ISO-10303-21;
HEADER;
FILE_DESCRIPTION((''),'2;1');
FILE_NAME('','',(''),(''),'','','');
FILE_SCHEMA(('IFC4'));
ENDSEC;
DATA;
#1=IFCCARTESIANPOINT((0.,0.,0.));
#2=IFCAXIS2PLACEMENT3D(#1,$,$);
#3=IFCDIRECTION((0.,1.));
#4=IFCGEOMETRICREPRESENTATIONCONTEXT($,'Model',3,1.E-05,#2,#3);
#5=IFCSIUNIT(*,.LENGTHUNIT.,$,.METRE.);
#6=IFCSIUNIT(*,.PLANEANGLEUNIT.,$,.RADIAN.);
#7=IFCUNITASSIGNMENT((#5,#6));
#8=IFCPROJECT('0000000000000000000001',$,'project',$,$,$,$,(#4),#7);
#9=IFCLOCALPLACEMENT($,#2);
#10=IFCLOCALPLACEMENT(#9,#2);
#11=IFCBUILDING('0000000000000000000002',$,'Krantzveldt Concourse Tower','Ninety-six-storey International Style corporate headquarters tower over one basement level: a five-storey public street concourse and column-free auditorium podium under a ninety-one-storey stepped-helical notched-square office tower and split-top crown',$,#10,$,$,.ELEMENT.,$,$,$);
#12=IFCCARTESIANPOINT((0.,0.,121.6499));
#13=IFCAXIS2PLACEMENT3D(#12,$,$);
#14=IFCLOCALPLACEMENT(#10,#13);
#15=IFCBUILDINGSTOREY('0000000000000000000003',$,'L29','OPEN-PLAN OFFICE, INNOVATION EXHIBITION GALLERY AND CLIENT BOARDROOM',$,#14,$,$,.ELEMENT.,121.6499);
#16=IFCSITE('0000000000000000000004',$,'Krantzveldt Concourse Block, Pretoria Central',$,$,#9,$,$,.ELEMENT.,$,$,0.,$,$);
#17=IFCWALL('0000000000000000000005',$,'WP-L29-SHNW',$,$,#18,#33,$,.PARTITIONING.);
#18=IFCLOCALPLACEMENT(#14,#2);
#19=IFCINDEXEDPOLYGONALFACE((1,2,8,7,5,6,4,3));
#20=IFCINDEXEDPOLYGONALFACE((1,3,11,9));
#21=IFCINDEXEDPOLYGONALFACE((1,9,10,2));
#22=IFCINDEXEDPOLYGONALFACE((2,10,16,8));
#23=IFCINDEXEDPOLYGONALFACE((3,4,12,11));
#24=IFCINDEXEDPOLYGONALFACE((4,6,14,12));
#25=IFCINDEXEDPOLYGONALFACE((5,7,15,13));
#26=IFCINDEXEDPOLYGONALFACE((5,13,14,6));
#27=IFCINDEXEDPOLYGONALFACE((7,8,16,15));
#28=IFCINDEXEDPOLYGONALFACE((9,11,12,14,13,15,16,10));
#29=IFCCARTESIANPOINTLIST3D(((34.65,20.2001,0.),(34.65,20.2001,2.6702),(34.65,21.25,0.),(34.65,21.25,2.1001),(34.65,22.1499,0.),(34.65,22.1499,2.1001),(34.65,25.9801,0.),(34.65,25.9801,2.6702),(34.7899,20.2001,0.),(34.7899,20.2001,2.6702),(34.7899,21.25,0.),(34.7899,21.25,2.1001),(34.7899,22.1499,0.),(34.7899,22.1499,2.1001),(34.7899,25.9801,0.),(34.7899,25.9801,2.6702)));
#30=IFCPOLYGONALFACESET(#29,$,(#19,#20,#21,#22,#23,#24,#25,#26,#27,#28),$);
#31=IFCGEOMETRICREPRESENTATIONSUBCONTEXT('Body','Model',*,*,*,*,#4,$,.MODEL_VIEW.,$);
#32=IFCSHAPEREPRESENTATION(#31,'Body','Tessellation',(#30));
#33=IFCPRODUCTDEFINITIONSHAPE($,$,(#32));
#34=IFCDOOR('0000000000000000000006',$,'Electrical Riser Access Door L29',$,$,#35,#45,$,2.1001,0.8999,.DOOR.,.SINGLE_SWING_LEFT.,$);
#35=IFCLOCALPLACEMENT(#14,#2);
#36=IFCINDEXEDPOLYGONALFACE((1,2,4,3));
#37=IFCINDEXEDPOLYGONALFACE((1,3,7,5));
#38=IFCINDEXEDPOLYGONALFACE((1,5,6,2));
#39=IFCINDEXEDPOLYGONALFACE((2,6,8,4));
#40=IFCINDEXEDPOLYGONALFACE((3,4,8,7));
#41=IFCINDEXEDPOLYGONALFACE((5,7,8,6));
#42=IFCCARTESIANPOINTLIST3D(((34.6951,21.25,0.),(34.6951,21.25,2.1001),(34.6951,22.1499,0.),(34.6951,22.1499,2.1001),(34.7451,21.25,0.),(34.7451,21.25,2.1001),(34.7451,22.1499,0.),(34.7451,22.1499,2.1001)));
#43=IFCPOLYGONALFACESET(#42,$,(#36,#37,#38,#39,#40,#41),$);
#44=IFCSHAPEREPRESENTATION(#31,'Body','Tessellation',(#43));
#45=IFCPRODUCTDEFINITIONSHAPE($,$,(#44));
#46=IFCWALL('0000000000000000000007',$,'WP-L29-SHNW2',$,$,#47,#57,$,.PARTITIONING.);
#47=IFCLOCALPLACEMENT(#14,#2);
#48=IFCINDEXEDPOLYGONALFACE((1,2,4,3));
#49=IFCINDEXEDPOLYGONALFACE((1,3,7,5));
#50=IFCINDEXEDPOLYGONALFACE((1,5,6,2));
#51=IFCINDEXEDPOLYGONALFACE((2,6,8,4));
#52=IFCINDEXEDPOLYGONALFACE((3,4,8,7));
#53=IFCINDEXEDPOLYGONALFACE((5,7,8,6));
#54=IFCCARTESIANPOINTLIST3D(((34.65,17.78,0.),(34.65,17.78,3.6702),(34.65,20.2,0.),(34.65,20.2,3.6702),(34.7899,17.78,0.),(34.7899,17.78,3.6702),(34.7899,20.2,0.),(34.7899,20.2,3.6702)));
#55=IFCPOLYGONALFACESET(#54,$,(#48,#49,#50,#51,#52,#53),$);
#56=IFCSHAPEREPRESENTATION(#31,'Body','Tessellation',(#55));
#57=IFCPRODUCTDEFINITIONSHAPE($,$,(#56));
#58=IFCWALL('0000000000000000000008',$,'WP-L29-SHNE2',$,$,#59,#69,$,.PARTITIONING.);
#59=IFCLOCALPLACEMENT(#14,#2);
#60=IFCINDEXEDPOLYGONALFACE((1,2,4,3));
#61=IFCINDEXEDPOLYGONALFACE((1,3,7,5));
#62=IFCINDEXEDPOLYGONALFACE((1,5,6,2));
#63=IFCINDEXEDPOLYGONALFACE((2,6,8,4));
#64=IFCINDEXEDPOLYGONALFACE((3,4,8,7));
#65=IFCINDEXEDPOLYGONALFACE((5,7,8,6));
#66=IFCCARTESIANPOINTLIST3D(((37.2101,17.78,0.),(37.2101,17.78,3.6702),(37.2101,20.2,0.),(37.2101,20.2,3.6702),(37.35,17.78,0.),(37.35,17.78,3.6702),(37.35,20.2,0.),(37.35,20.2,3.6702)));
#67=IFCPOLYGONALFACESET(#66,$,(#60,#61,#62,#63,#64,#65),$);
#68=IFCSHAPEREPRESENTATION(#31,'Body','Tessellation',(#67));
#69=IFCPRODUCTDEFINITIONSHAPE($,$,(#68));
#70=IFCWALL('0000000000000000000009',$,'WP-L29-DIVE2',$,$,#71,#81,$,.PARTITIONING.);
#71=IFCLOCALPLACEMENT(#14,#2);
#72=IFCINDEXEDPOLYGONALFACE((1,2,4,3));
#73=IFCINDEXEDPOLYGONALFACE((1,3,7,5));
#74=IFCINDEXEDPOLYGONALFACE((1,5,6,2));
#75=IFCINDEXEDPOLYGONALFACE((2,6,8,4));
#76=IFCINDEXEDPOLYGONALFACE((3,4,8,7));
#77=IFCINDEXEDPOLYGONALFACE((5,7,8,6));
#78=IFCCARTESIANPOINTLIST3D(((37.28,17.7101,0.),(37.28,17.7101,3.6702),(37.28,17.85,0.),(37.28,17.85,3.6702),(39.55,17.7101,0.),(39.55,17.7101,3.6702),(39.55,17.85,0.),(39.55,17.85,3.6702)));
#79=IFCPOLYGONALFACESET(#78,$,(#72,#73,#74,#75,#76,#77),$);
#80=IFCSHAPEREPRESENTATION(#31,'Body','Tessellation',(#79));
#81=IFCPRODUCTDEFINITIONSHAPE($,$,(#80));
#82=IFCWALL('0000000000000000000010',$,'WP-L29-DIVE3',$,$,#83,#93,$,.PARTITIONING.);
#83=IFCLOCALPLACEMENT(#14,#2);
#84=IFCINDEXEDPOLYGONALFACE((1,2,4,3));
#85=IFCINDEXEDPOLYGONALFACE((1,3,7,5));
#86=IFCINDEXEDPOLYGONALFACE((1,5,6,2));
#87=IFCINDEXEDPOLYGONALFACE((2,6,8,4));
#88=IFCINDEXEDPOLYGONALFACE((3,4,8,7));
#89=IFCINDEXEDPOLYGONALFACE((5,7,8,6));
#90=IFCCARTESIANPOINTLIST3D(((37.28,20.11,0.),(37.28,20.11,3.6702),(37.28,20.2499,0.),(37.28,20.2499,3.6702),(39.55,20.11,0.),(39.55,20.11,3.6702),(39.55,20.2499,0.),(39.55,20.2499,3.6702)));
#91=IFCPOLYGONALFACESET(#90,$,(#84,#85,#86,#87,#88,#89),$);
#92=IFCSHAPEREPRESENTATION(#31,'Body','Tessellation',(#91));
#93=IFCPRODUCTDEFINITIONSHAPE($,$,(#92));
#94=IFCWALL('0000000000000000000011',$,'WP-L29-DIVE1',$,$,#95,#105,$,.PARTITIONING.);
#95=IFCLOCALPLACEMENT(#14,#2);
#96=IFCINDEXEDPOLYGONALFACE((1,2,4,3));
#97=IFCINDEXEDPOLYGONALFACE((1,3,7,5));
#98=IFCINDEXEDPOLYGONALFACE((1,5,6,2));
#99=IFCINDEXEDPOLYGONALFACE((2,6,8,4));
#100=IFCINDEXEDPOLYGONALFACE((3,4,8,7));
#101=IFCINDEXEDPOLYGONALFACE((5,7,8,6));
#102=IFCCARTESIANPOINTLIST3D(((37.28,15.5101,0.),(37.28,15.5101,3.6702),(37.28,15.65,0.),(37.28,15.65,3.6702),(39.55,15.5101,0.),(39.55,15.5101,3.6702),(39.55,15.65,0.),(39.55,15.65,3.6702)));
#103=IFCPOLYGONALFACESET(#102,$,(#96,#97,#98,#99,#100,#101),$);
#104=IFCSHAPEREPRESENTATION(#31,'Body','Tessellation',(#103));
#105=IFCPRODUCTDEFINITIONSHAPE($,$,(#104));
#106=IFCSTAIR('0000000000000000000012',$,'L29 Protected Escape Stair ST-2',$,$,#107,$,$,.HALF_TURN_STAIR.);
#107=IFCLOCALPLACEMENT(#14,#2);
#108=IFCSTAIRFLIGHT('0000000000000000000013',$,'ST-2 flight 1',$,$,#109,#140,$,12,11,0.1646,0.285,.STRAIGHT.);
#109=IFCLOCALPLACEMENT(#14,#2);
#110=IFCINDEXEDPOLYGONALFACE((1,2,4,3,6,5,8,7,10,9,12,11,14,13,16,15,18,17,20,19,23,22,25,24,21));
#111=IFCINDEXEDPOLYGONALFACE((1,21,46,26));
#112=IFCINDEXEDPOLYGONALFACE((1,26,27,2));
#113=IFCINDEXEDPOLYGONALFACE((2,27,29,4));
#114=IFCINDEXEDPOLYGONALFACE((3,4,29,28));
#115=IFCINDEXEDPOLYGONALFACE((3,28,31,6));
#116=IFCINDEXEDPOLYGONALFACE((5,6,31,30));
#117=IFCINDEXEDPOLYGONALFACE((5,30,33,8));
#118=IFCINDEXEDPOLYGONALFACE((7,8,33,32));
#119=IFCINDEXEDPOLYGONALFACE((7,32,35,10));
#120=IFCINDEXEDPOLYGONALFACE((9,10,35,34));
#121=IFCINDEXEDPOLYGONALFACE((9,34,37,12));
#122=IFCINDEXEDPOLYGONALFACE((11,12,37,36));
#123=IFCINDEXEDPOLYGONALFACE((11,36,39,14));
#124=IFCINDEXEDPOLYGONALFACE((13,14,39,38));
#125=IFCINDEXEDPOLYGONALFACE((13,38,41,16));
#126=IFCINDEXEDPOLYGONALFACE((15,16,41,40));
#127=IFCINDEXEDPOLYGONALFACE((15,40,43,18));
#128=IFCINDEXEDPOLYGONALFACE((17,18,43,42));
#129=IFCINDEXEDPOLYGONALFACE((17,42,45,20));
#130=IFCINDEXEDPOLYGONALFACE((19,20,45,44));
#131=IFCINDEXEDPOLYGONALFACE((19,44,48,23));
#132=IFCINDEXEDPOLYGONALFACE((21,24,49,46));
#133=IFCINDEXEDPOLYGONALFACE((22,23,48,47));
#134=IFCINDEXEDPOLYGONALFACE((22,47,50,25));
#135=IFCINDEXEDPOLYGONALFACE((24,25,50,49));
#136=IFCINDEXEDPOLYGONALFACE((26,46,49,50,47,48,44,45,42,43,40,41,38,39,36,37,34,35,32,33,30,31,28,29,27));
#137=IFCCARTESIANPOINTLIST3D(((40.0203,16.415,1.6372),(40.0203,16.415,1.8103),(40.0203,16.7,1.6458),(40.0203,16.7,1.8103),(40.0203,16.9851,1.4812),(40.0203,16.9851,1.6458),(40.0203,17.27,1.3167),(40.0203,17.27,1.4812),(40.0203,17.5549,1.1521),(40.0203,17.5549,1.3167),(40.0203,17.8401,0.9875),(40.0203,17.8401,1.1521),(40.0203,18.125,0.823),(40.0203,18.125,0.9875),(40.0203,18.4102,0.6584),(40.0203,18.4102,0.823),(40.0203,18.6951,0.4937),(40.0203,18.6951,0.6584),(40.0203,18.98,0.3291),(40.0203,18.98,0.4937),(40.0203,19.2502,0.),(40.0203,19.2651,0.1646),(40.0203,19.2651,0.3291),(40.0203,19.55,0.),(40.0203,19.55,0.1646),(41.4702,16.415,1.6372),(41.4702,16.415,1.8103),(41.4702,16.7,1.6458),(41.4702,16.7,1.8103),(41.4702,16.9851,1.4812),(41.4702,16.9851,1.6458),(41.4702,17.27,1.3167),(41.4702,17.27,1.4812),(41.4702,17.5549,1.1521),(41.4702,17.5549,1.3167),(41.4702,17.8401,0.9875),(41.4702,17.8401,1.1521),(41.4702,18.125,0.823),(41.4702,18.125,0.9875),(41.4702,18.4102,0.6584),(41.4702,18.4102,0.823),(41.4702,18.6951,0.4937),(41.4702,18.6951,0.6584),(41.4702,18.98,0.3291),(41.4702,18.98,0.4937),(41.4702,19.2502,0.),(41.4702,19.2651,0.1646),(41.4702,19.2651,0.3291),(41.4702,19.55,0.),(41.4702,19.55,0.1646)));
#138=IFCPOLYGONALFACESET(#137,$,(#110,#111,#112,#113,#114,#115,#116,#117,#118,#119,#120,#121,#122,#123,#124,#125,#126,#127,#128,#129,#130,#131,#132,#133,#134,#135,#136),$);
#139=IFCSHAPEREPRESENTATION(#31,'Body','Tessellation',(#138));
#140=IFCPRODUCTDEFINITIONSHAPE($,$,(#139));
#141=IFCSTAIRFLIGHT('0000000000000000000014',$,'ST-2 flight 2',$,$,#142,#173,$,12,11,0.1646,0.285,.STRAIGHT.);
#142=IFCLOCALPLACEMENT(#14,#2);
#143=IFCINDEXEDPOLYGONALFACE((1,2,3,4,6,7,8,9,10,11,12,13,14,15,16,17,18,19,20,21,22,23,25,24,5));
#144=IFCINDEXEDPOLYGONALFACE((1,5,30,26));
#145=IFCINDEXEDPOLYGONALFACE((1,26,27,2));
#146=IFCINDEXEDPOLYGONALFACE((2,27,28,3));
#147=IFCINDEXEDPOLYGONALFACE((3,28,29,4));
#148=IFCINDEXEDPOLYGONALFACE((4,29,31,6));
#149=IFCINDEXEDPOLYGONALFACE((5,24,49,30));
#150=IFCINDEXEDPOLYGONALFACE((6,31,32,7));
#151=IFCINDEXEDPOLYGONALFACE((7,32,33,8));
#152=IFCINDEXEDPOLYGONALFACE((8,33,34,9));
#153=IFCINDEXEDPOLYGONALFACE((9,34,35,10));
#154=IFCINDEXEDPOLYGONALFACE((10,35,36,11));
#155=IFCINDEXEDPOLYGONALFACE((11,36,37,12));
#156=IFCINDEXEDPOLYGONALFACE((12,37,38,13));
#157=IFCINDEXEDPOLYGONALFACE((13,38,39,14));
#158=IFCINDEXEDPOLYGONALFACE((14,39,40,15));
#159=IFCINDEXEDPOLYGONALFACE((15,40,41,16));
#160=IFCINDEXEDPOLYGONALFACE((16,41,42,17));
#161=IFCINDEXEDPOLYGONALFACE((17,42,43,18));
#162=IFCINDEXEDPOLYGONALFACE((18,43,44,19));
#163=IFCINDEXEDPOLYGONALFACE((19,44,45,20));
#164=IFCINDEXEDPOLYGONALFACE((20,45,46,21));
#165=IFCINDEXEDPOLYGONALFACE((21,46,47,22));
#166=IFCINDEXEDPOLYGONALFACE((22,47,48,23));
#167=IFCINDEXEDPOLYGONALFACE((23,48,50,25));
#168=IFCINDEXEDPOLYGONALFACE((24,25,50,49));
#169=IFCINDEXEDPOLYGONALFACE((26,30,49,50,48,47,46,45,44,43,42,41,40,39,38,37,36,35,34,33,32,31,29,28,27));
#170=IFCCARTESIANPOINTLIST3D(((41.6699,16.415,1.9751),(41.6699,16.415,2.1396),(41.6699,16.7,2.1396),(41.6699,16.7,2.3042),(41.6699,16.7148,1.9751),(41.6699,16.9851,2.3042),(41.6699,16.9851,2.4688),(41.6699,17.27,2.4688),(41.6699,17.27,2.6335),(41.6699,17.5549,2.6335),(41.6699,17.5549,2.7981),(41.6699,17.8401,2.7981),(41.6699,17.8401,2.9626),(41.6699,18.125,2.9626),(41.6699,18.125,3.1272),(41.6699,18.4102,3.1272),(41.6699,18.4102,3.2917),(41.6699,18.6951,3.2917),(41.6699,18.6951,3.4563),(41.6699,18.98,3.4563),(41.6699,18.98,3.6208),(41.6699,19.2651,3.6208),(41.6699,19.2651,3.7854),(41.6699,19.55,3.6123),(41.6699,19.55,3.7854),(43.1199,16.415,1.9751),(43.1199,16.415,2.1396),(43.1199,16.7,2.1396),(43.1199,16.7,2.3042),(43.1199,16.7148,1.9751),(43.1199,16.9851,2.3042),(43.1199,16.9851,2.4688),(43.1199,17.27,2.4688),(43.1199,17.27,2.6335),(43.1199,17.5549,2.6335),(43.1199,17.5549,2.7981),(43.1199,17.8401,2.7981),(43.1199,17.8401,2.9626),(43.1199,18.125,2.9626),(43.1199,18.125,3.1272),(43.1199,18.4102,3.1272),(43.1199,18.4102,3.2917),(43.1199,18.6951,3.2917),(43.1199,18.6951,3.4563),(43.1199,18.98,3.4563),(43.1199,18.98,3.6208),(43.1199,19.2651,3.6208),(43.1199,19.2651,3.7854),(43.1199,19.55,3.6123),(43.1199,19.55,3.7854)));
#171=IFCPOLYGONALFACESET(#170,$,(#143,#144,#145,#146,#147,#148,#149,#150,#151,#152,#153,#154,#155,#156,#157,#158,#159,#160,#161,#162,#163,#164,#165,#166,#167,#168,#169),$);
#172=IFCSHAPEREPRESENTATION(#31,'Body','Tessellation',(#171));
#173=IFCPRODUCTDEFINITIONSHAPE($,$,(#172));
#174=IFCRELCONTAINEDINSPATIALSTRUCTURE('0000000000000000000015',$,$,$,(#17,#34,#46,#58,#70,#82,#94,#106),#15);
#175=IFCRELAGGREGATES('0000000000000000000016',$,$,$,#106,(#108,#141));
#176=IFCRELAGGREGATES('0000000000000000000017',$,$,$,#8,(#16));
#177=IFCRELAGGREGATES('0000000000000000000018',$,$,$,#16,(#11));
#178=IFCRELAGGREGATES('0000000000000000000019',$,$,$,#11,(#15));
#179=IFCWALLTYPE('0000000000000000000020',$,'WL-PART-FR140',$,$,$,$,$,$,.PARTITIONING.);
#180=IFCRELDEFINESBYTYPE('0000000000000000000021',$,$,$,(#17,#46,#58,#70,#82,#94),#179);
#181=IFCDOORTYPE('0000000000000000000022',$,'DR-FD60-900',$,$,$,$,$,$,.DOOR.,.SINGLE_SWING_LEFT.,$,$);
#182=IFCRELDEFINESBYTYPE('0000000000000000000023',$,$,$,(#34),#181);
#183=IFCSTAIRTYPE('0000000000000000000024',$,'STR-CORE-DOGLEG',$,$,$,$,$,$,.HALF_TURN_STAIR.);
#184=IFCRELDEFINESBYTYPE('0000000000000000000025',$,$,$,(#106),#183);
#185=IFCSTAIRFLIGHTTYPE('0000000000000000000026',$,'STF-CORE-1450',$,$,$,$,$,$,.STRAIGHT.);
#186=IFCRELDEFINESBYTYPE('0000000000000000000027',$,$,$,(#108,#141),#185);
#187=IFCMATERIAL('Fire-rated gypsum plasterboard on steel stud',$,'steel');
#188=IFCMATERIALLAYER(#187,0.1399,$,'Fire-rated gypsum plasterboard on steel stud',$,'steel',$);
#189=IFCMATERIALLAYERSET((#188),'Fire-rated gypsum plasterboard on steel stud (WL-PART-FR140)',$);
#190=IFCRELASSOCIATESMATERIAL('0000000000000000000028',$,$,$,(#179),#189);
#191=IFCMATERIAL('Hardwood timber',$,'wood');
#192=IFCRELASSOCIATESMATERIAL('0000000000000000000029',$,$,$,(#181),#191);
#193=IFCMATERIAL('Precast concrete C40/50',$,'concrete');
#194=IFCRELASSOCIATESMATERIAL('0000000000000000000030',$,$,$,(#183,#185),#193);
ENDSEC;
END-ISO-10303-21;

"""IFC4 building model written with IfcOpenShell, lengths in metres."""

from ifc_helpers import new_model, si_unit, direction, frame, frame_2d, origin, place, context, subcontext, project, spatial, polyline, rectangle, outline, extrude, material, layer, layer_set, type_object, element, fill, aggregate, save


model = new_model("IFC4")

# Units and contexts
model_context = context("Model", 3, precision=1e-05, world=origin(), true_north=direction((0.0, 1.0)))
body_context = subcontext(model_context, "Body", "Model", "MODEL_VIEW")
ifc_project = project(units=[si_unit("LENGTHUNIT", "METRE"), si_unit("PLANEANGLEUNIT", "RADIAN")], contexts=[model_context])

# Site, building, storey
site_placement = place(None, origin())
site = spatial("IfcSite", under=ifc_project, at=site_placement, Name="Krantzveldt Concourse Block, Pretoria Central", CompositionType="ELEMENT", RefElevation=0.0)
building_placement = place(site_placement, origin())
building = spatial("IfcBuilding", under=site, at=building_placement, Name="Krantzveldt Concourse Tower", Description="Ninety-six-storey International Style corporate headquarters tower over one basement level: a five-storey public street concourse and column-free auditorium podium under a ninety-one-storey stepped-helical notched-square office tower and split-top crown", CompositionType="ELEMENT")
storey_placement = place(building_placement, frame((0.0, 0.0, 121.6499)))
storey = spatial("IfcBuildingStorey", under=building, at=storey_placement, Name="L29", Description="OPEN-PLAN OFFICE, INNOVATION EXHIBITION GALLERY AND CLIENT BOARDROOM", CompositionType="ELEMENT", Elevation=121.6499)

# Wall, opening, door
ifc_material_1 = material(Name="Fire-rated gypsum plasterboard on steel stud", Category="steel")
ifc_layer_1 = layer(ifc_material_1, 0.1399, Name="Fire-rated gypsum plasterboard on steel stud", Category="steel")
ifc_layer_set_1 = layer_set([ifc_layer_1], Name="Fire-rated gypsum plasterboard on steel stud (WL-PART-FR140)")
wall_type = type_object("IfcWallType", Name="WL-PART-FR140", PredefinedType="PARTITIONING", material=ifc_layer_set_1)
wall_1_placement = place(storey_placement, frame((34.72, 20.2, 0.0), z_axis=(0.0, 0.0, 1.0), x_axis=(0.0, 1.0, 0.0)))
wall_1 = element("IfcWall", 1, at=wall_1_placement, inside=storey, type_object=wall_type, Name="WP-L29-SHNW", PredefinedType="PARTITIONING", context=body_context, shape_type="SweptSolid", body=[
    extrude(rectangle(XDim=5.78, YDim=0.1399, at=frame_2d((2.8901, 0.0))), origin(), (0.0, 0.0, 1.0), 2.6702),
])
opening_1_placement = place(wall_1_placement, frame((1.05, 0.0, 0.0)))
opening_1 = element("IfcOpeningElement", 2, at=opening_1_placement, cuts=wall_1, PredefinedType="OPENING", context=body_context, shape_type="SweptSolid", body=[
    extrude(rectangle(XDim=0.8999, YDim=2.1001, at=frame_2d((0.45, 1.05))), frame((0.0, 0.0801, 0.0), z_axis=(0.0, -1.0, 0.0), x_axis=(1.0, 0.0, 0.0)), (0.0, 0.0, 1.0), 0.1599),
])
ifc_material_2 = material(Name="Hardwood timber", Category="wood")
door_type_1 = type_object("IfcDoorType", Name="DR-FD60-900", OperationType="SINGLE_SWING_LEFT", PredefinedType="DOOR", material=ifc_material_2)
door_1_placement = place(opening_1_placement, origin())
door_1 = element("IfcDoor", 3, at=door_1_placement, inside=storey, type_object=door_type_1, Name="Electrical Riser Access Door L29", OperationType="SINGLE_SWING_LEFT", OverallHeight=2.1001, OverallWidth=0.8999, PredefinedType="DOOR", context=body_context, shape_type="SweptSolid", body=[
    extrude(rectangle(XDim=0.8999, YDim=2.1001, at=frame_2d((0.45, 1.05))), frame((0.0, 0.0249, 0.0), z_axis=(0.0, -1.0, 0.0), x_axis=(1.0, 0.0, 0.0)), (0.0, 0.0, 1.0), 0.05),
])
fill(opening_1, door_1)

# Walls
for number, where, z_axis, x_axis, name in (
    (4, (34.72, 17.78, 0.0), (0.0, 0.0, 1.0), (0.0, 1.0, 0.0), "WP-L29-SHNW2"),
    (5, (37.28, 17.78, 0.0), (0.0, 0.0, 1.0), (0.0, 1.0, 0.0), "WP-L29-SHNE2"),
):
    element("IfcWall", number, at=place(storey_placement, frame(where, z_axis=z_axis, x_axis=x_axis)), inside=storey, type_object=wall_type, Name=name, PredefinedType="PARTITIONING", context=body_context, shape_type="SweptSolid", body=[
        extrude(rectangle(XDim=2.4199, YDim=0.1399, at=frame_2d((1.21, 0.0))), origin(), (0.0, 0.0, 1.0), 3.6702),
    ])
for number, where, z_axis, x_axis, name in (
    (6, (37.28, 17.78, 0.0), (0.0, 0.0, 1.0), (1.0, 0.0, 0.0), "WP-L29-DIVE2"),
    (7, (37.28, 20.1799, 0.0), (0.0, 0.0, 1.0), (1.0, 0.0, 0.0), "WP-L29-DIVE3"),
    (8, (37.28, 15.5801, 0.0), (0.0, 0.0, 1.0), (1.0, 0.0, 0.0), "WP-L29-DIVE1"),
):
    element("IfcWall", number, at=place(storey_placement, frame(where, z_axis=z_axis, x_axis=x_axis)), inside=storey, type_object=wall_type, Name=name, PredefinedType="PARTITIONING", context=body_context, shape_type="SweptSolid", body=[
        extrude(rectangle(XDim=2.27, YDim=0.1399, at=frame_2d((1.135, 0.0))), origin(), (0.0, 0.0, 1.0), 3.6702),
    ])

# Stair, stair flights
ifc_material_3 = material(Name="Precast concrete C40/50", Category="concrete")
stair_type = type_object("IfcStairType", Name="STR-CORE-DOGLEG", PredefinedType="HALF_TURN_STAIR", material=ifc_material_3)
stair_placement = place(storey_placement, origin())
stair = element("IfcStair", 9, at=stair_placement, inside=storey, type_object=stair_type, Name="L29 Protected Escape Stair ST-2", PredefinedType="HALF_TURN_STAIR")
stair_flight_type = type_object("IfcStairFlightType", Name="STF-CORE-1450", PredefinedType="STRAIGHT", material=ifc_material_3)
stair_flight_1_placement = place(storey_placement, frame((40.7451, 19.55, 0.0), z_axis=(0.0, 0.0, 1.0), x_axis=(0.0, -1.0, 0.0)))
stair_flight_1 = element("IfcStairFlight", 10, at=stair_flight_1_placement, type_object=stair_flight_type, Name="ST-2 flight 1", NumberOfRisers=12, NumberOfTreads=11, PredefinedType="STRAIGHT", RiserHeight=0.1646, TreadLength=0.285, context=body_context, shape_type="SweptSolid", body=[
    extrude(outline(polyline([(0.0, 0.0), (0.0, 0.1646), (0.2849, 0.1646), (0.2849, 0.3291), (0.5701, 0.3291), (0.5701, 0.4937), (0.855, 0.4937), (0.855, 0.6584), (1.1399, 0.6584), (1.1399, 0.823), (1.425, 0.823), (1.425, 0.9875), (1.71, 0.9875), (1.71, 1.1521), (1.9951, 1.1521), (1.9951, 1.3167), (2.28, 1.3167), (2.28, 1.4812), (2.5649, 1.4812), (2.5649, 1.6458), (2.8501, 1.6458), (2.8501, 1.8103), (3.135, 1.8103), (3.135, 1.9751), (3.135, 1.6372), (0.2998, 0.0), (0.0, 0.0)])), frame((0.0, 0.7251, 0.0), z_axis=(0.0, -1.0, 0.0), x_axis=(1.0, 0.0, 0.0)), (0.0, 0.0, 1.0), 1.45),
])
stair_flight_2_placement = place(storey_placement, frame((42.395, 16.415, 1.9751), z_axis=(0.0, 0.0, 1.0), x_axis=(0.0, 1.0, 0.0)))
stair_flight_2 = element("IfcStairFlight", 11, at=stair_flight_2_placement, type_object=stair_flight_type, Name="ST-2 flight 2", NumberOfRisers=12, NumberOfTreads=11, PredefinedType="STRAIGHT", RiserHeight=0.1646, TreadLength=0.285, context=body_context, shape_type="SweptSolid", body=[
    extrude(outline(polyline([(0.0, 0.0), (0.0, 0.1646), (0.2849, 0.1646), (0.2849, 0.3291), (0.5701, 0.3291), (0.5701, 0.4937), (0.855, 0.4937), (0.855, 0.6584), (1.1399, 0.6584), (1.1399, 0.823), (1.425, 0.823), (1.425, 0.9875), (1.71, 0.9875), (1.71, 1.1521), (1.9951, 1.1521), (1.9951, 1.3167), (2.28, 1.3167), (2.28, 1.4812), (2.5649, 1.4812), (2.5649, 1.6458), (2.8501, 1.6458), (2.8501, 1.8103), (3.135, 1.8103), (3.135, 1.9751), (3.135, 1.6372), (0.2998, 0.0), (0.0, 0.0)])), frame((0.0, 0.7251, 0.0), z_axis=(0.0, -1.0, 0.0), x_axis=(1.0, 0.0, 0.0)), (0.0, 0.0, 1.0), 1.45),
])
aggregate(stair, [stair_flight_1, stair_flight_2])

save(model, "model.ifc")
